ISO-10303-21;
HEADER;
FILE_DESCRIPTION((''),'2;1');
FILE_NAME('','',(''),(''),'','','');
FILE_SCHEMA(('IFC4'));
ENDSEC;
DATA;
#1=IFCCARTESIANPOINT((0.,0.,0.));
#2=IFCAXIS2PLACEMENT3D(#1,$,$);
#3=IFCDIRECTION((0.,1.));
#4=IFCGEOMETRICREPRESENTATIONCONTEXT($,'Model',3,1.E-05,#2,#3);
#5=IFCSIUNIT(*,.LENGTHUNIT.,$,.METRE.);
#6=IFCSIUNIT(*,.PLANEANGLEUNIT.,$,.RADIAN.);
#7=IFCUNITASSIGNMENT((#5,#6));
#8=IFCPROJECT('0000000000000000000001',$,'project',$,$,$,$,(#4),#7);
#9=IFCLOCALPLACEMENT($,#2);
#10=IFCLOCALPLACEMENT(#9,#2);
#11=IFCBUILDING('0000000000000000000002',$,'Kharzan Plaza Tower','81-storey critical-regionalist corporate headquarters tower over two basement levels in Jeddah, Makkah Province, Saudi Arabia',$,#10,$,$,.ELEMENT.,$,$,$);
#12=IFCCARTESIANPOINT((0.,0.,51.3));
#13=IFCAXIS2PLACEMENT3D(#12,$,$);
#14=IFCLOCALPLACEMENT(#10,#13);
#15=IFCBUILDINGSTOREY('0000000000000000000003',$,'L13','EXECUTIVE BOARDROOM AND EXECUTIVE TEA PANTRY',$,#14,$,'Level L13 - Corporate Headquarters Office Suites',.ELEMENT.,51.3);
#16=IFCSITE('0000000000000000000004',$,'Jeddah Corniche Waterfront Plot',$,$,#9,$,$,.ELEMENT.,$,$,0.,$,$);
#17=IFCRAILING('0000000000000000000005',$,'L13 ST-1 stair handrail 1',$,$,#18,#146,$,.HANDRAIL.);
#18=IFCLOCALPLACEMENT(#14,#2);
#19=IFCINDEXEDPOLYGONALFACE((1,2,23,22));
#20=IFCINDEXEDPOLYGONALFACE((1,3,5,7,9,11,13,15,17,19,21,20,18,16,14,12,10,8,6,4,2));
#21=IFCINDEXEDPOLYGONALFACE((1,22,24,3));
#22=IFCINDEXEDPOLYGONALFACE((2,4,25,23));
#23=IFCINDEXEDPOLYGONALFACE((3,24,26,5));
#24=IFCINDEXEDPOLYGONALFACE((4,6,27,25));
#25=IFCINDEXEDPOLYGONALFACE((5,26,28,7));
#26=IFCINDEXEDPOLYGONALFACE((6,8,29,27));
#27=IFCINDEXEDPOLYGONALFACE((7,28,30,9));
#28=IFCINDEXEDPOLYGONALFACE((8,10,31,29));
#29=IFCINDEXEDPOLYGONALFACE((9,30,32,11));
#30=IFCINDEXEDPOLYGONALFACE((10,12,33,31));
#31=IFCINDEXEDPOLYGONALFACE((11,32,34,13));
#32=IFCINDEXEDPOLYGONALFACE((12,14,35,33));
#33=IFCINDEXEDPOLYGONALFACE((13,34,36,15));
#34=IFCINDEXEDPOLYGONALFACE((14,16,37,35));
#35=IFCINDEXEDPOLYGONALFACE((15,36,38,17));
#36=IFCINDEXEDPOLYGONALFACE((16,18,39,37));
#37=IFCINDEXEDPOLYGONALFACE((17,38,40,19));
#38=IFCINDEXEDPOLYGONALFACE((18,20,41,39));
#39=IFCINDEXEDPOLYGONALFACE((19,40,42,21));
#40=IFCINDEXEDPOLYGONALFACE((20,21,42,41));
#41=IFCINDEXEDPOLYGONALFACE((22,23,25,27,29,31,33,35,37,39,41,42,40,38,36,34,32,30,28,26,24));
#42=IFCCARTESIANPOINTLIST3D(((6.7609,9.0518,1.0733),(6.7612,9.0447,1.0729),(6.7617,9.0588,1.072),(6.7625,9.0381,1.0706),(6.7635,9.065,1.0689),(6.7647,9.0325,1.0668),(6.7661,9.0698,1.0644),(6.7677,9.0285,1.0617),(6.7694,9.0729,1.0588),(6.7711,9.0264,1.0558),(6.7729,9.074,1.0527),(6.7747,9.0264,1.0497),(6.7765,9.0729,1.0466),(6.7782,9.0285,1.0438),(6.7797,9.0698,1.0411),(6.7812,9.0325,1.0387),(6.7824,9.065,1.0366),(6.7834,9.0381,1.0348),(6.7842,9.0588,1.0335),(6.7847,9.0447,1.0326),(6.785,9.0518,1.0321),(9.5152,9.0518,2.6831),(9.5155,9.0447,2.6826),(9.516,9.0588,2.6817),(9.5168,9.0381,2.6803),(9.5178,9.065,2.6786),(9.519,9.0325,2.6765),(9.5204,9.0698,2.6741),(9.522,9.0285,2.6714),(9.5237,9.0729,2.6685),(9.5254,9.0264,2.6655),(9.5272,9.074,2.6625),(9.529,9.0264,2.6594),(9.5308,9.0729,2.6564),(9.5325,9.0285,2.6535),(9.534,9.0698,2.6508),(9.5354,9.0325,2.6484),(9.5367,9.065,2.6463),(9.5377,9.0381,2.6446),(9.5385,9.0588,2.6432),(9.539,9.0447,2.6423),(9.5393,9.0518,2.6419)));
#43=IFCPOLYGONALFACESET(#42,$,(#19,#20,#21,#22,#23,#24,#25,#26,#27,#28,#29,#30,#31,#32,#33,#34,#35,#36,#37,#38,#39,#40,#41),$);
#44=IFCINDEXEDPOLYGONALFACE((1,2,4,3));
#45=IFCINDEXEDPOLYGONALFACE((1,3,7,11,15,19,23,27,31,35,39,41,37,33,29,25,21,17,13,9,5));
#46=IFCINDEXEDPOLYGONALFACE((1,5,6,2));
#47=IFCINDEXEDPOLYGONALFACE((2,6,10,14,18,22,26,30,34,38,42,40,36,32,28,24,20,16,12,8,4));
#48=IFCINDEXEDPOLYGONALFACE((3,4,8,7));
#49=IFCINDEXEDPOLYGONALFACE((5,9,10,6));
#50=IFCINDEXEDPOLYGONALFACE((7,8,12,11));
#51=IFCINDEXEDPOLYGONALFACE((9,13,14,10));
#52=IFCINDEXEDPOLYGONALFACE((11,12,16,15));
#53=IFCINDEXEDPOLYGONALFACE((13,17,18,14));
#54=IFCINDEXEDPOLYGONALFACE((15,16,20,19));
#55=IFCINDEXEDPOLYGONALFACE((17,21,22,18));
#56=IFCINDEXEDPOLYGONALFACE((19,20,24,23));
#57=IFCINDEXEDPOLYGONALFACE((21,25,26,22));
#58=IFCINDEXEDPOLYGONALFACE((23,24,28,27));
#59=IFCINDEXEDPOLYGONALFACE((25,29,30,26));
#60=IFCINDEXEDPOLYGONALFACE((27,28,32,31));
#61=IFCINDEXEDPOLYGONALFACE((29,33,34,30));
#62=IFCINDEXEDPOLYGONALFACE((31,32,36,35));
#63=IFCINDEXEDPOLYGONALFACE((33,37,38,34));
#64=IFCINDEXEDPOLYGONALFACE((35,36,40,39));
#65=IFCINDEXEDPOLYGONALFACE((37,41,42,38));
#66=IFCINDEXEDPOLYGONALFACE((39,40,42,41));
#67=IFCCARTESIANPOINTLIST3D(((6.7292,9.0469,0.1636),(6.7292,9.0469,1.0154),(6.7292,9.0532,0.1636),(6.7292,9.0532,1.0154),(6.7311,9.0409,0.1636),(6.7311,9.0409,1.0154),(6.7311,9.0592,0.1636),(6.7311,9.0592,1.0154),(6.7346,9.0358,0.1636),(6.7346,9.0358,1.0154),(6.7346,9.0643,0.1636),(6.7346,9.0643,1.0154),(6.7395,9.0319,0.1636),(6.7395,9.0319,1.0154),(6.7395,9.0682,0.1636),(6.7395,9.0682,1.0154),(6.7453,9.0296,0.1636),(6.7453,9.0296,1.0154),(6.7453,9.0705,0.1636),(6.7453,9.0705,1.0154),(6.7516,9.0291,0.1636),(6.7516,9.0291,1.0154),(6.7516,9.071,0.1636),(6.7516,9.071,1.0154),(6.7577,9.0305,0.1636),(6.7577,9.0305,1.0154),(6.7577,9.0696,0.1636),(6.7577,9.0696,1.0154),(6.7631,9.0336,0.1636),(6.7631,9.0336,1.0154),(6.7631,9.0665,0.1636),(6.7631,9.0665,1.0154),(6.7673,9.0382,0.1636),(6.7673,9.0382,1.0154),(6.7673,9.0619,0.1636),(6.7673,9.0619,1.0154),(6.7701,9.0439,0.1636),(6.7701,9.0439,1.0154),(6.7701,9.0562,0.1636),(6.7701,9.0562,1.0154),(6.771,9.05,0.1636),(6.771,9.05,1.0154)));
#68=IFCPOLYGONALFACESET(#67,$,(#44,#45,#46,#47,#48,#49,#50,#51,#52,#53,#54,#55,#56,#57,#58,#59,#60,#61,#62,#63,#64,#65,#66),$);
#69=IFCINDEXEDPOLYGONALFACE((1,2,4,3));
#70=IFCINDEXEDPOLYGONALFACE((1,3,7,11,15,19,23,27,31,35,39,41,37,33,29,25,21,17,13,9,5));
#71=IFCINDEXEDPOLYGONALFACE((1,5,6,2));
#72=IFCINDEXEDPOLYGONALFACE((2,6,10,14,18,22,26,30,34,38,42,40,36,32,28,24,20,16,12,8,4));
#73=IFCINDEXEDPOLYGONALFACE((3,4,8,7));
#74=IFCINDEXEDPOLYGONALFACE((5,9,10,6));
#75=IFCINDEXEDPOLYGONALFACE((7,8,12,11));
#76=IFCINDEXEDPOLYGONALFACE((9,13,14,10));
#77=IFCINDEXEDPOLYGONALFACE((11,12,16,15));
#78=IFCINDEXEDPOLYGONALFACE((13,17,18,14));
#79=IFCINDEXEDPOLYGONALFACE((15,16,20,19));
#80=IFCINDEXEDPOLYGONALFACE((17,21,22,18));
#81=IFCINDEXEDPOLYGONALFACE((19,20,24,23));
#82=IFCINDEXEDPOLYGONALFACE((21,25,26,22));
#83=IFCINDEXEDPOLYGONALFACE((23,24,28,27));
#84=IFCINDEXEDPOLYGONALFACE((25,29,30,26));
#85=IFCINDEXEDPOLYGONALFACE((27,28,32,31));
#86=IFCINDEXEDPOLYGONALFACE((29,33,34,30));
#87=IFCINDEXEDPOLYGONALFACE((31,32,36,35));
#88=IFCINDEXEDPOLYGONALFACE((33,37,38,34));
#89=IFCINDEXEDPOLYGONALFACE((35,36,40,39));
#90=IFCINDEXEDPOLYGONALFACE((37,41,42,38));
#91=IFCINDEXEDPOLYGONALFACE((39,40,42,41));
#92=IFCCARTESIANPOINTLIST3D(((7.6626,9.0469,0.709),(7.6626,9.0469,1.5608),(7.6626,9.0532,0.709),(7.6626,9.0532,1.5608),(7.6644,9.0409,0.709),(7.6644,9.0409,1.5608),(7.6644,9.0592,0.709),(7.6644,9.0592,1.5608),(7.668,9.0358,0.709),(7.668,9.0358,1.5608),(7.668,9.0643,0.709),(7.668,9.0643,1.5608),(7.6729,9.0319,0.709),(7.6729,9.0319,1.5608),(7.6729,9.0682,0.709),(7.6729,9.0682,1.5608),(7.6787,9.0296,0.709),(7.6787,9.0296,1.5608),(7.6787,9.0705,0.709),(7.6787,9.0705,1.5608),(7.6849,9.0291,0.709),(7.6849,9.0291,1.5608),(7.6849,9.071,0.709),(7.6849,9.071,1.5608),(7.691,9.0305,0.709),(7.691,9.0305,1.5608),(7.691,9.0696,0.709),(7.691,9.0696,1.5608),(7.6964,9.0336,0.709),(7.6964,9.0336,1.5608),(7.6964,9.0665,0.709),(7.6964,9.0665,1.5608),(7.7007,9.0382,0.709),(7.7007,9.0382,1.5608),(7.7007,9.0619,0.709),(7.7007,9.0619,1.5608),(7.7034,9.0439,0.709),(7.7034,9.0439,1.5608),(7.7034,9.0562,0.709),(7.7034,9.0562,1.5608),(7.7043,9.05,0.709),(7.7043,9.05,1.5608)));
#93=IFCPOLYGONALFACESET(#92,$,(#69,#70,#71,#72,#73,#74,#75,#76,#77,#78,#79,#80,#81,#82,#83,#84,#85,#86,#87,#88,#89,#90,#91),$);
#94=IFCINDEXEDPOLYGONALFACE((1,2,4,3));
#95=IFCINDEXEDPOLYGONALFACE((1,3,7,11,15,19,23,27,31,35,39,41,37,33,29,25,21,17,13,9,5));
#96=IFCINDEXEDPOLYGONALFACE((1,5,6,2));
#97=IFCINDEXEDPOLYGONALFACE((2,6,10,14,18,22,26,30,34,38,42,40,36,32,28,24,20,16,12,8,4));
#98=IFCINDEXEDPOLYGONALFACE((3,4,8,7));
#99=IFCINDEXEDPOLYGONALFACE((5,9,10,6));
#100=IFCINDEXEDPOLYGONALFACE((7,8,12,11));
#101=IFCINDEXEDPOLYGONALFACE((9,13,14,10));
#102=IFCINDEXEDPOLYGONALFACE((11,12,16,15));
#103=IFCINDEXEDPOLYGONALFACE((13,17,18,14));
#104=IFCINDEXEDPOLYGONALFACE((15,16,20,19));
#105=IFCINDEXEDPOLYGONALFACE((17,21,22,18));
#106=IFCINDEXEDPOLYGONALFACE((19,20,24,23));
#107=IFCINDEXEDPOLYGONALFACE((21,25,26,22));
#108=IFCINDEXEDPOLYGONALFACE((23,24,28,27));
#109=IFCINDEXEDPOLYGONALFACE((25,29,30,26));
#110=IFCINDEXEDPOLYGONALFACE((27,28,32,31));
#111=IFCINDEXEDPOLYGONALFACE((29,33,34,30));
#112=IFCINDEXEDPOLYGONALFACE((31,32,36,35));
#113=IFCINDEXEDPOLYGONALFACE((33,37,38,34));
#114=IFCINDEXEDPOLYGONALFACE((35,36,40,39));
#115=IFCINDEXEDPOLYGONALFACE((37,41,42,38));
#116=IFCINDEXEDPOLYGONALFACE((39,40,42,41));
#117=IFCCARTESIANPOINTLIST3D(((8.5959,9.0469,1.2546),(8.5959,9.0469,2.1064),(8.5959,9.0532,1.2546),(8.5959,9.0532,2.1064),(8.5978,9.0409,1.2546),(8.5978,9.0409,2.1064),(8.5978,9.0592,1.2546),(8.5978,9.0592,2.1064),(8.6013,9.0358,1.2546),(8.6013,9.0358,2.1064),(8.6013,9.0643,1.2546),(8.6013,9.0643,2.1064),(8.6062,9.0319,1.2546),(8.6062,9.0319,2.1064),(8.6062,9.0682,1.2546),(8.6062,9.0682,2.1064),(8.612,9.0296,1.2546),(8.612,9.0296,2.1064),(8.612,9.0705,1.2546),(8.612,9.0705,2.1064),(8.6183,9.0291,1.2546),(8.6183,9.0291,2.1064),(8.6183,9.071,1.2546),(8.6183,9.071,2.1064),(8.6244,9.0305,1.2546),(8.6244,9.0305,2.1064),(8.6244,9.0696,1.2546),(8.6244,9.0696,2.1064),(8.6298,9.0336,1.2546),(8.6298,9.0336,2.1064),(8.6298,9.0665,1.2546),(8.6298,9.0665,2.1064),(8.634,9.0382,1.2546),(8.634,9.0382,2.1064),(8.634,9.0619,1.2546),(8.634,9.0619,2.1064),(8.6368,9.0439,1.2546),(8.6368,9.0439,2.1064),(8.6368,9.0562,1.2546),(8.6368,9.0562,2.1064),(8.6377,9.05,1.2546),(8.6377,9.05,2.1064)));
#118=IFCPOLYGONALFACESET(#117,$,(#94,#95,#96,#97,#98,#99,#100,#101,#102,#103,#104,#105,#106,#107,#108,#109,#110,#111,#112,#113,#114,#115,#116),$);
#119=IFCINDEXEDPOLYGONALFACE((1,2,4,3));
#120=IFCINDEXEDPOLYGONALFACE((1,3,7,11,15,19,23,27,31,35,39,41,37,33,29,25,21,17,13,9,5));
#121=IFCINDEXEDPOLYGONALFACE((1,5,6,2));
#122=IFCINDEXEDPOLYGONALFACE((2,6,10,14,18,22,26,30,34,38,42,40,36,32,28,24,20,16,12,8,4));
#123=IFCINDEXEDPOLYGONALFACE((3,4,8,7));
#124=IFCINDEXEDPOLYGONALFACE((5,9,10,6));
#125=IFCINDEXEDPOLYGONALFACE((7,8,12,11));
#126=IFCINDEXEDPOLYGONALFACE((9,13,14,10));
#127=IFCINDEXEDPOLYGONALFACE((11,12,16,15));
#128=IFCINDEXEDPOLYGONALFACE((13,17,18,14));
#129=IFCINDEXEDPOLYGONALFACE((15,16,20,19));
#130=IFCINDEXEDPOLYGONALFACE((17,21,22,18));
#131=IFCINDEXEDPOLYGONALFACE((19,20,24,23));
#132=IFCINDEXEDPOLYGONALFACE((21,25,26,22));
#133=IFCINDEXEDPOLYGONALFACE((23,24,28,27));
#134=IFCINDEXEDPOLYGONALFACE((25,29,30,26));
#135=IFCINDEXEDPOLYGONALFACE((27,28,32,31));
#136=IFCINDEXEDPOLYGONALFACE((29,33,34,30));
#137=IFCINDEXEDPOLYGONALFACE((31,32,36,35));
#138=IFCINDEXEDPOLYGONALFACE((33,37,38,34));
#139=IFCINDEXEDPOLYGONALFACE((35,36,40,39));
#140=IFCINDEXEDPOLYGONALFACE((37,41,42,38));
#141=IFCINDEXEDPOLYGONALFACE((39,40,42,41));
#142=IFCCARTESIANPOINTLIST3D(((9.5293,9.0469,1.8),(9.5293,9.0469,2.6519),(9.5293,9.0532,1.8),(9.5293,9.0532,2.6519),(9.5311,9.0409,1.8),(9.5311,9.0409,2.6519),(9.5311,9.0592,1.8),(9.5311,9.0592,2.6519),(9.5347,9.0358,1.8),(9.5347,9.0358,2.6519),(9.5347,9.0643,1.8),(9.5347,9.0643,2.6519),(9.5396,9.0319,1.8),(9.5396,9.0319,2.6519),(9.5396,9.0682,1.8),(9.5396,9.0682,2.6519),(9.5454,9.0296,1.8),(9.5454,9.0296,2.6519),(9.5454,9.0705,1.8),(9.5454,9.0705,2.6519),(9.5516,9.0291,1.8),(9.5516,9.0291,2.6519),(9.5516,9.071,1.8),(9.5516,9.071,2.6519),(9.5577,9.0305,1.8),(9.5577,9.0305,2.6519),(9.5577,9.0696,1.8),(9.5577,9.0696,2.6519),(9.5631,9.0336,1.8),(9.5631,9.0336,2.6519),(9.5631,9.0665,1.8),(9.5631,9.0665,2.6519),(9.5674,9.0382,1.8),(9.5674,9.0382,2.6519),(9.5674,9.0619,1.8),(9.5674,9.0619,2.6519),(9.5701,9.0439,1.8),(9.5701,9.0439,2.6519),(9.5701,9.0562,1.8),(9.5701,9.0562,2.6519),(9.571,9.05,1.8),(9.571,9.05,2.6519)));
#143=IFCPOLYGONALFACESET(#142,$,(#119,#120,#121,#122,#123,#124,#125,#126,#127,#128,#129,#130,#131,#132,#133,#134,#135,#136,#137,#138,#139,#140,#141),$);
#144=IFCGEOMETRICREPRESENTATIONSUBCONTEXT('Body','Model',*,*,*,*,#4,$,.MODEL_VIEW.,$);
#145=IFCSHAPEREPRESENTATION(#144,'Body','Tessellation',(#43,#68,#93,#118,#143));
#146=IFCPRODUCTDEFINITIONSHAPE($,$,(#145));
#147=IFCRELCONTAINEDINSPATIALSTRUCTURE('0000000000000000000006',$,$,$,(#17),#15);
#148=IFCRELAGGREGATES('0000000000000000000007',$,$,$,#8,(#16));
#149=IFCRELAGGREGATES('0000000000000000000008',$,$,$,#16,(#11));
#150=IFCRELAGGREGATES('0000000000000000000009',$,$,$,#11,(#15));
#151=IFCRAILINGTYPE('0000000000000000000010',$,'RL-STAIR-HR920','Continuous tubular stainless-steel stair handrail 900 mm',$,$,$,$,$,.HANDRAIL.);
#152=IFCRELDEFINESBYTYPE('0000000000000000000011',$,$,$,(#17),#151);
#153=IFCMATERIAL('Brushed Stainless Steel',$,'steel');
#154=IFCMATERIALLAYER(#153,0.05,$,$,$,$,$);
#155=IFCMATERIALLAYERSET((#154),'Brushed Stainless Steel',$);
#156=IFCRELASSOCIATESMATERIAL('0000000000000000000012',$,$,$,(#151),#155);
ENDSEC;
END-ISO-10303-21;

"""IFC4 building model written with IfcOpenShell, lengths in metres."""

from ifc_helpers import new_model, si_unit, direction, frame, origin, origin_2d, place, context, subcontext, project, spatial, circle, extrude, source, transform, mapped, material, layer, layer_set, type_object, element, save


model = new_model("IFC4")

# Units and contexts
model_context = context("Model", 3, precision=1e-05, world=origin(), true_north=direction((0.0, 1.0)))
body_context = subcontext(model_context, "Body", "Model", "MODEL_VIEW")
ifc_project = project(units=[si_unit("LENGTHUNIT", "METRE"), si_unit("PLANEANGLEUNIT", "RADIAN")], contexts=[model_context])

# Site, building, storey
site_placement = place(None, origin())
site = spatial("IfcSite", under=ifc_project, at=site_placement, Name="Jeddah Corniche Waterfront Plot", CompositionType="ELEMENT", RefElevation=0.0)
building_placement = place(site_placement, origin())
building = spatial("IfcBuilding", under=site, at=building_placement, Name="Kharzan Plaza Tower", Description="81-storey critical-regionalist corporate headquarters tower over two basement levels in Jeddah, Makkah Province, Saudi Arabia", CompositionType="ELEMENT")
storey_placement = place(building_placement, frame((0.0, 0.0, 51.3)))
storey = spatial("IfcBuildingStorey", under=building, at=storey_placement, Name="L13", Description="EXECUTIVE BOARDROOM AND EXECUTIVE TEA PANTRY", LongName="Level L13 - Corporate Headquarters Office Suites", CompositionType="ELEMENT", Elevation=51.3)

# Railing
ifc_material_1 = material(Name="Brushed Stainless Steel", Category="steel")
ifc_layer_1 = layer(ifc_material_1, 0.05)
ifc_layer_set_1 = layer_set([ifc_layer_1], Name="Brushed Stainless Steel")
railing_type_1 = type_object("IfcRailingType", Name="RL-STAIR-HR920", Description="Continuous tubular stainless-steel stair handrail 900 mm", PredefinedType="HANDRAIL", material=ifc_layer_set_1)
shared_shape_1 = source(origin(), body_context, "Body", "SweptSolid", [
    extrude(circle(Radius=0.0239, at=origin_2d()), frame((0.0229, 0.0, 0.8892), z_axis=(0.863361, 0.0, 0.504587), x_axis=(0.0, 1.0, 0.0)), (0.0, 0.0, 1.0), 3.1902),
    extrude(circle(Radius=0.021, at=origin_2d()), origin(), (0.0, 0.0, 1.0), 0.8518),
    extrude(circle(Radius=0.021, at=origin_2d()), frame((0.9333, 0.0, 0.5454)), (0.0, 0.0, 1.0), 0.8518),
    extrude(circle(Radius=0.021, at=origin_2d()), frame((1.8667, 0.0, 1.0911)), (0.0, 0.0, 1.0), 0.8518),
    extrude(circle(Radius=0.021, at=origin_2d()), frame((2.8, 0.0, 1.6365)), (0.0, 0.0, 1.0), 0.8518),
])
railing_1_placement = place(storey_placement, frame((6.75, 9.05, 0.1636)))
element("IfcRailing", 1, at=railing_1_placement, inside=storey, type_object=railing_type_1, Name="L13 ST-1 stair handrail 1", PredefinedType="HANDRAIL", context=body_context, shape_type="MappedRepresentation", body=[
    mapped(shared_shape_1, transform((0.0, 0.0, 0.0), x_axis=(1.0, 0.0, 0.0), y_axis=(0.0, 1.0, 0.0), z_axis=(0.0, 0.0, 1.0))),
])

save(model, "model.ifc")
